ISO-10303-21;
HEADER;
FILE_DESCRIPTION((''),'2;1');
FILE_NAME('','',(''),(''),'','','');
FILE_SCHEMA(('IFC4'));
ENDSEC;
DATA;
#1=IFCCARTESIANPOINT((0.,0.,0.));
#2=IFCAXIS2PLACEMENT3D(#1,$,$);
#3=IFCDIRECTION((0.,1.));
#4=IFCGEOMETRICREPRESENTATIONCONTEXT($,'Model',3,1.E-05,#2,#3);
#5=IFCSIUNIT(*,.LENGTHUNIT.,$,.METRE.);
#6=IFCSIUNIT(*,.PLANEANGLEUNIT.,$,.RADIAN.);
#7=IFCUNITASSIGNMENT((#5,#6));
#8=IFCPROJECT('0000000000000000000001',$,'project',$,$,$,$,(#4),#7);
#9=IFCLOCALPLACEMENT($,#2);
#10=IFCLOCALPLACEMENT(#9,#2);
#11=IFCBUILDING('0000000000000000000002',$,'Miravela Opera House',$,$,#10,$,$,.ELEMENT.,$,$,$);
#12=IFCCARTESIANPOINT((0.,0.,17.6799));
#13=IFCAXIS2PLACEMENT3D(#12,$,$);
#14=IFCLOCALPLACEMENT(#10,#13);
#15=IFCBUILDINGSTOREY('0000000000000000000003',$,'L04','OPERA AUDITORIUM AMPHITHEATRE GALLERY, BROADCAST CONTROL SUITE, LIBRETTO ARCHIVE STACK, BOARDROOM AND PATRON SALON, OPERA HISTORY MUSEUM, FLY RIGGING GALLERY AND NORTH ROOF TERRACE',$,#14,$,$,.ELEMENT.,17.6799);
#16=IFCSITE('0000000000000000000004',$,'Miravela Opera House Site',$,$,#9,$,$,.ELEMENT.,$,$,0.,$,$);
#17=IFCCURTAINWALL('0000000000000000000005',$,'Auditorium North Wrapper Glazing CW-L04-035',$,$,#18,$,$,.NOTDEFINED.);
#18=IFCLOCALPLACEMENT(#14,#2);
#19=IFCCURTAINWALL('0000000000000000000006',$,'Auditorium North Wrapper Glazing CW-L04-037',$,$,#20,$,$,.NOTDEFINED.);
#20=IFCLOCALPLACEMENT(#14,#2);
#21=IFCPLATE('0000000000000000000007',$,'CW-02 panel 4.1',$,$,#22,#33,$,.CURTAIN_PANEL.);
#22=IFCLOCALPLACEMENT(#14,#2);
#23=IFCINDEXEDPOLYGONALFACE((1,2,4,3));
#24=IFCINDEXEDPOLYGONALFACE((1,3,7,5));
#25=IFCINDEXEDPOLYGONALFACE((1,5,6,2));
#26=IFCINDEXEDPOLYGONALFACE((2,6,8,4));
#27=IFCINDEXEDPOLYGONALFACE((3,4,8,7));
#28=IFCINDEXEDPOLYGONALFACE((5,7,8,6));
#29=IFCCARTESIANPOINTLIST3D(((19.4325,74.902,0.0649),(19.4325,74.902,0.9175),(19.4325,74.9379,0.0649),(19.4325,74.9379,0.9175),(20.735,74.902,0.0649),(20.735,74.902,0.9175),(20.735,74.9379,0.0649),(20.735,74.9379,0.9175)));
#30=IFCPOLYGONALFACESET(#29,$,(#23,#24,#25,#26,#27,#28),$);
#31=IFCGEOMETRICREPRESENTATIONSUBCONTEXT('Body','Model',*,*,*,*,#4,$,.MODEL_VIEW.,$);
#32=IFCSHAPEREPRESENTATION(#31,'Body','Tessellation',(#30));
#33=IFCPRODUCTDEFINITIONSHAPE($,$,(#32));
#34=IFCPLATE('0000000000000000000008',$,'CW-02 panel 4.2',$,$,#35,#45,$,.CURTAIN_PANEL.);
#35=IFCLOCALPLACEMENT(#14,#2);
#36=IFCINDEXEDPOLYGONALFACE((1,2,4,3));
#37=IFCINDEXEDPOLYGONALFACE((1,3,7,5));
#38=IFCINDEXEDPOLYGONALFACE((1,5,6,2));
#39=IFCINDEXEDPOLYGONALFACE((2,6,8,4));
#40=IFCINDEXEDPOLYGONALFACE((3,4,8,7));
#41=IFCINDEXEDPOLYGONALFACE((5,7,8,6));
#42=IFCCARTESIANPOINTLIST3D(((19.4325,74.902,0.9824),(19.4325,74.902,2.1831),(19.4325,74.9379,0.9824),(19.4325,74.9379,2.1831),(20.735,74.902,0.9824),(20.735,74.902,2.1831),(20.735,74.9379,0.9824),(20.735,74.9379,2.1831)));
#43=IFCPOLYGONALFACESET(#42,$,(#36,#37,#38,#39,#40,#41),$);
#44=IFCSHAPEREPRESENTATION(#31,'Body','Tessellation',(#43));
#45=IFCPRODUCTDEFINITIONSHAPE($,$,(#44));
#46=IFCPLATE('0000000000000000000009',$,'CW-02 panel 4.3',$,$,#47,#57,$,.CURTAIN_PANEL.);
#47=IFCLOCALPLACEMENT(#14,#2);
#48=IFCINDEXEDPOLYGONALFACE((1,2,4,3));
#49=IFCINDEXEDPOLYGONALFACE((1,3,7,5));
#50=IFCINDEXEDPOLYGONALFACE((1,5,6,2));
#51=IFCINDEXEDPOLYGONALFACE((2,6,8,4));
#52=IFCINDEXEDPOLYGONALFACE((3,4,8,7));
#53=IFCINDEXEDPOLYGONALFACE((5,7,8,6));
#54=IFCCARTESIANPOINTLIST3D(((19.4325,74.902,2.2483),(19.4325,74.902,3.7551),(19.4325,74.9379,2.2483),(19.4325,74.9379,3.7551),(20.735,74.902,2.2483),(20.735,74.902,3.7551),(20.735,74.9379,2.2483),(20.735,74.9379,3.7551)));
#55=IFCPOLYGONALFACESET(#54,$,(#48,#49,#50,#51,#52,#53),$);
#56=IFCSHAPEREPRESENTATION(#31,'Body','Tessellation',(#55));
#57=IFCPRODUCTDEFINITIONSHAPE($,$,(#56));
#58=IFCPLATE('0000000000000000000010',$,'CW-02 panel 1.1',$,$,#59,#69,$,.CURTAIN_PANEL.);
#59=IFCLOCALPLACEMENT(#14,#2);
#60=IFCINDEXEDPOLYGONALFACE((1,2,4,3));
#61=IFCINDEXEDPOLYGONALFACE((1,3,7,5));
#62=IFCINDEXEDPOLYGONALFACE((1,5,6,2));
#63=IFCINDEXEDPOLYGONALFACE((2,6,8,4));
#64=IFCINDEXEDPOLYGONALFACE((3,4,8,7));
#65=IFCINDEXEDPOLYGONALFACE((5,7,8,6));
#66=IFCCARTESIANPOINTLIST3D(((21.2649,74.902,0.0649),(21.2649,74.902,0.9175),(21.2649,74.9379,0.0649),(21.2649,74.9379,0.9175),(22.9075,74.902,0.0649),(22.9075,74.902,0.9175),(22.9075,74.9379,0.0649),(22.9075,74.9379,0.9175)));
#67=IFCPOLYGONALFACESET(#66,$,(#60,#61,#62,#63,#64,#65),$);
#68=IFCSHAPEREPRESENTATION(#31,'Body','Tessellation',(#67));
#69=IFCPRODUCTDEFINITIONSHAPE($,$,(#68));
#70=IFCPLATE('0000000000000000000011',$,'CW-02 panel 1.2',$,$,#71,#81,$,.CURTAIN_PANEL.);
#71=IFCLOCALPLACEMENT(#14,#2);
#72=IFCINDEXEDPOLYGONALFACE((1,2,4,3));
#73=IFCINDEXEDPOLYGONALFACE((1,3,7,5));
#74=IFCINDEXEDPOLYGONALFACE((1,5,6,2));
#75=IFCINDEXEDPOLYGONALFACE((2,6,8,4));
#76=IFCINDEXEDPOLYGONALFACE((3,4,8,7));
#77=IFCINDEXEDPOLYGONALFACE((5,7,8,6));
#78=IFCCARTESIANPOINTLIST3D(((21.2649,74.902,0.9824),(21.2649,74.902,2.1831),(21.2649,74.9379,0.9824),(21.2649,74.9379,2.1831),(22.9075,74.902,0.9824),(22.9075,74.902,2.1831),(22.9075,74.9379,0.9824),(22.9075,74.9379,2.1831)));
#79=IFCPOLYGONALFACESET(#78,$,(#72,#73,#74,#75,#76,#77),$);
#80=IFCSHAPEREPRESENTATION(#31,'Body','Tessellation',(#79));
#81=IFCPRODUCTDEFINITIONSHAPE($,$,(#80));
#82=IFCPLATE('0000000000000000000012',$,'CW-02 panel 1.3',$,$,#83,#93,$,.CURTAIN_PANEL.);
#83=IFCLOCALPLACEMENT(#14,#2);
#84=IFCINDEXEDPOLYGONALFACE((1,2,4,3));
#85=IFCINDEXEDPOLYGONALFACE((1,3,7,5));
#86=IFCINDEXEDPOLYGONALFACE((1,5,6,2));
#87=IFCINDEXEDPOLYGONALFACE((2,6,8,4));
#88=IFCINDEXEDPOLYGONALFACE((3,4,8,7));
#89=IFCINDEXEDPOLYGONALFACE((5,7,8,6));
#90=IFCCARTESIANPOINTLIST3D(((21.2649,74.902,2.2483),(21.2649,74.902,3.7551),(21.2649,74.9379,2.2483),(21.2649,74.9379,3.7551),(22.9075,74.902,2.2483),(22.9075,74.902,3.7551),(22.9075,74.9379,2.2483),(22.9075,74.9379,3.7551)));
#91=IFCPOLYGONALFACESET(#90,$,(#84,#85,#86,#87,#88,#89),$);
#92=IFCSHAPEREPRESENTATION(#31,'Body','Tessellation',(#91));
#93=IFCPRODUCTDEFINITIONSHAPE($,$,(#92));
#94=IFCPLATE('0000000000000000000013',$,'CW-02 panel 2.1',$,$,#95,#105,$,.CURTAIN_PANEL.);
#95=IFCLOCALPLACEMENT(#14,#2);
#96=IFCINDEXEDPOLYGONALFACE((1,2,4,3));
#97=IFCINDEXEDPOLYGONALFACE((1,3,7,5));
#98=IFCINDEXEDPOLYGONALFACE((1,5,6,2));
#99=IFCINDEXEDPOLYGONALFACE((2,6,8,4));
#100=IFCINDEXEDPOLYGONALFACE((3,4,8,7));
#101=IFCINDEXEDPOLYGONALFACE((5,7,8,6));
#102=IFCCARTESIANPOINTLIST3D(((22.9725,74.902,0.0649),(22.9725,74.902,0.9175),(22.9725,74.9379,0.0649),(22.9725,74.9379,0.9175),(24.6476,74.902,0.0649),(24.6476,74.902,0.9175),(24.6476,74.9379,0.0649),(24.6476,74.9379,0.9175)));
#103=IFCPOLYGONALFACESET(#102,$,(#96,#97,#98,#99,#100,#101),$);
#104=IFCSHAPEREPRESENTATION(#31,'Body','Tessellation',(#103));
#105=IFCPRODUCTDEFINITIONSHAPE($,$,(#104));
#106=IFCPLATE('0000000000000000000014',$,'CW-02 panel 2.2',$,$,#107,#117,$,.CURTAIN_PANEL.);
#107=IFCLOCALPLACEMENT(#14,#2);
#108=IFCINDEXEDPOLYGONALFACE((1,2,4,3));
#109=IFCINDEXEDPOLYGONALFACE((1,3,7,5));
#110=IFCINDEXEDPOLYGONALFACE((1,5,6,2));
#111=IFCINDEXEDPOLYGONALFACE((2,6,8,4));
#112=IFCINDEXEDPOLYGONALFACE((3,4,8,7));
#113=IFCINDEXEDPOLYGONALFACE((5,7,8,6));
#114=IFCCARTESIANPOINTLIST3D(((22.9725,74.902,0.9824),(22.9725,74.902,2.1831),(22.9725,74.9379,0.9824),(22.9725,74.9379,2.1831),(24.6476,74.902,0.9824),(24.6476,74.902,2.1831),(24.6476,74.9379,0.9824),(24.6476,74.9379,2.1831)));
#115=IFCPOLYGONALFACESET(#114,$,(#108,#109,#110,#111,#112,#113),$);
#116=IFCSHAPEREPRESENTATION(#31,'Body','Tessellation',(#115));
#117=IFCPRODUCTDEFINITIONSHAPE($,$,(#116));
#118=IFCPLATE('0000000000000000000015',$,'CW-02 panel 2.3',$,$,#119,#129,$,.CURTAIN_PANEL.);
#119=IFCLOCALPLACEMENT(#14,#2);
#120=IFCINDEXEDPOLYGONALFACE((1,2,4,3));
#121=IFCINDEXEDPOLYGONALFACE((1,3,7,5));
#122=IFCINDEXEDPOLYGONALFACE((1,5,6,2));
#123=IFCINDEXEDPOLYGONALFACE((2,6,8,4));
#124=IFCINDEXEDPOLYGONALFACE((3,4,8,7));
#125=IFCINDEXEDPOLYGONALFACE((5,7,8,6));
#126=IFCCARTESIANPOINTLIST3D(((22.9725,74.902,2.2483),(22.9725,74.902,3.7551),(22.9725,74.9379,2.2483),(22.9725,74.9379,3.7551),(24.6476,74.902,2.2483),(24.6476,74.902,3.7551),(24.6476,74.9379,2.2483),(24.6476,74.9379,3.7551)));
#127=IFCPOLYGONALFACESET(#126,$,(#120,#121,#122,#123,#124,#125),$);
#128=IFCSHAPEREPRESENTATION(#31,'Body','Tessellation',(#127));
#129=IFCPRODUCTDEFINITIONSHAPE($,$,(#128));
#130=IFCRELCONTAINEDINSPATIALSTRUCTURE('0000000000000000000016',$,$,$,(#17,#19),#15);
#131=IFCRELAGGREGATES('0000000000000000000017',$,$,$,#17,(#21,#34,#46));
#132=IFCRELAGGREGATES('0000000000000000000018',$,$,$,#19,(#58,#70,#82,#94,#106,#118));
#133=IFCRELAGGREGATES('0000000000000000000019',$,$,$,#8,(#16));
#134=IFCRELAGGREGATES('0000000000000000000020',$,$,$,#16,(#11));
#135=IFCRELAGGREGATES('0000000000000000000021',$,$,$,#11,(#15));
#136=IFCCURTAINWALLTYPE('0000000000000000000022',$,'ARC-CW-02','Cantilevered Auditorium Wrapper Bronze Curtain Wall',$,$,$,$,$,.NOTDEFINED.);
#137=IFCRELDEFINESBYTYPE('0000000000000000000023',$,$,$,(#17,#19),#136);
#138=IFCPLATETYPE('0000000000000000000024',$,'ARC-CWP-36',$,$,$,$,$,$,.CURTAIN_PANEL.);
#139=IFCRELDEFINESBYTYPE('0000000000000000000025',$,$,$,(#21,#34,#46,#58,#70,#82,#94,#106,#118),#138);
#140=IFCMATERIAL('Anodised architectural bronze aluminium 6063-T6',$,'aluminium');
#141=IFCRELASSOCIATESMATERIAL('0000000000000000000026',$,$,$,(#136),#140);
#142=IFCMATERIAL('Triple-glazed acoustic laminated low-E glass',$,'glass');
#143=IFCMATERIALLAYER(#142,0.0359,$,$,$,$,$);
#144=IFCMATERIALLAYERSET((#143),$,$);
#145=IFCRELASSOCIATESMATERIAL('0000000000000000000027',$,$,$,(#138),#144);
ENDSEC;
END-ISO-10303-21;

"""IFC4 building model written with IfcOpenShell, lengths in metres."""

from ifc_helpers import new_model, si_unit, direction, frame, origin, origin_2d, place, context, subcontext, project, spatial, rectangle, extrude, material, layer, layer_set, type_object, element, aggregate, save


model = new_model("IFC4")

# Units and contexts
model_context = context("Model", 3, precision=1e-05, world=origin(), true_north=direction((0.0, 1.0)))
body_context = subcontext(model_context, "Body", "Model", "MODEL_VIEW")
ifc_project = project(units=[si_unit("LENGTHUNIT", "METRE"), si_unit("PLANEANGLEUNIT", "RADIAN")], contexts=[model_context])

# Site, building, storey
site_placement = place(None, origin())
site = spatial("IfcSite", under=ifc_project, at=site_placement, Name="Miravela Opera House Site", CompositionType="ELEMENT", RefElevation=0.0)
building_placement = place(site_placement, origin())
building = spatial("IfcBuilding", under=site, at=building_placement, Name="Miravela Opera House", CompositionType="ELEMENT")
storey_placement = place(building_placement, frame((0.0, 0.0, 17.6799)))
storey = spatial("IfcBuildingStorey", under=building, at=storey_placement, Name="L04", Description="OPERA AUDITORIUM AMPHITHEATRE GALLERY, BROADCAST CONTROL SUITE, LIBRETTO ARCHIVE STACK, BOARDROOM AND PATRON SALON, OPERA HISTORY MUSEUM, FLY RIGGING GALLERY AND NORTH ROOF TERRACE", CompositionType="ELEMENT", Elevation=17.6799)

# Curtain wall
ifc_material_1 = material(Name="Anodised architectural bronze aluminium 6063-T6", Category="aluminium")
curtain_wall_type = type_object("IfcCurtainWallType", Name="ARC-CW-02", Description="Cantilevered Auditorium Wrapper Bronze Curtain Wall", PredefinedType="NOTDEFINED", material=ifc_material_1)
curtain_wall_1_placement = place(storey_placement, origin())
curtain_wall_1 = element("IfcCurtainWall", 1, at=curtain_wall_1_placement, inside=storey, type_object=curtain_wall_type, Name="Auditorium North Wrapper Glazing CW-L04-035", PredefinedType="NOTDEFINED")

# Curtain wall
curtain_wall_2_placement = place(storey_placement, origin())
curtain_wall_2 = element("IfcCurtainWall", 2, at=curtain_wall_2_placement, inside=storey, type_object=curtain_wall_type, Name="Auditorium North Wrapper Glazing CW-L04-037", PredefinedType="NOTDEFINED")

# Plates
ifc_material_2 = material(Name="Triple-glazed acoustic laminated low-E glass", Category="glass")
ifc_layer = layer(ifc_material_2, 0.0359)
ifc_layer_set = layer_set([ifc_layer])
plate_type = type_object("IfcPlateType", Name="ARC-CWP-36", PredefinedType="CURTAIN_PANEL", material=ifc_layer_set)
plate_1_placement = place(storey_placement, frame((20.0837, 74.9199, 0.0649), z_axis=(0.0, 0.0, 1.0), x_axis=(1.0, 0.0, 0.0)))
plate_1 = element("IfcPlate", 3, at=plate_1_placement, type_object=plate_type, Name="CW-02 panel 4.1", PredefinedType="CURTAIN_PANEL", context=body_context, shape_type="SweptSolid", body=[
    extrude(rectangle(XDim=1.3025, YDim=0.0359, at=origin_2d()), origin(), (0.0, 0.0, 1.0), 0.8525),
])
plate_2_placement = place(storey_placement, frame((20.0837, 74.9199, 0.9824), z_axis=(0.0, 0.0, 1.0), x_axis=(1.0, 0.0, 0.0)))
plate_2 = element("IfcPlate", 4, at=plate_2_placement, type_object=plate_type, Name="CW-02 panel 4.2", PredefinedType="CURTAIN_PANEL", context=body_context, shape_type="SweptSolid", body=[
    extrude(rectangle(XDim=1.3025, YDim=0.0359, at=origin_2d()), origin(), (0.0, 0.0, 1.0), 1.2007),
])
plate_3_placement = place(storey_placement, frame((20.0837, 74.9199, 2.2483), z_axis=(0.0, 0.0, 1.0), x_axis=(1.0, 0.0, 0.0)))
plate_3 = element("IfcPlate", 5, at=plate_3_placement, type_object=plate_type, Name="CW-02 panel 4.3", PredefinedType="CURTAIN_PANEL", context=body_context, shape_type="SweptSolid", body=[
    extrude(rectangle(XDim=1.3025, YDim=0.0359, at=origin_2d()), origin(), (0.0, 0.0, 1.0), 1.5068),
])
aggregate(curtain_wall_1, [plate_1, plate_2, plate_3])
plate_4_placement = place(storey_placement, frame((22.0862, 74.9199, 0.0649), z_axis=(0.0, 0.0, 1.0), x_axis=(1.0, 0.0, 0.0)))
plate_4 = element("IfcPlate", 6, at=plate_4_placement, type_object=plate_type, Name="CW-02 panel 1.1", PredefinedType="CURTAIN_PANEL", context=body_context, shape_type="SweptSolid", body=[
    extrude(rectangle(XDim=1.6426, YDim=0.0359, at=origin_2d()), origin(), (0.0, 0.0, 1.0), 0.8525),
])
plate_5_placement = place(storey_placement, frame((22.0862, 74.9199, 0.9824), z_axis=(0.0, 0.0, 1.0), x_axis=(1.0, 0.0, 0.0)))
plate_5 = element("IfcPlate", 7, at=plate_5_placement, type_object=plate_type, Name="CW-02 panel 1.2", PredefinedType="CURTAIN_PANEL", context=body_context, shape_type="SweptSolid", body=[
    extrude(rectangle(XDim=1.6426, YDim=0.0359, at=origin_2d()), origin(), (0.0, 0.0, 1.0), 1.2007),
])
plate_6_placement = place(storey_placement, frame((22.0862, 74.9199, 2.2483), z_axis=(0.0, 0.0, 1.0), x_axis=(1.0, 0.0, 0.0)))
plate_6 = element("IfcPlate", 8, at=plate_6_placement, type_object=plate_type, Name="CW-02 panel 1.3", PredefinedType="CURTAIN_PANEL", context=body_context, shape_type="SweptSolid", body=[
    extrude(rectangle(XDim=1.6426, YDim=0.0359, at=origin_2d()), origin(), (0.0, 0.0, 1.0), 1.5068),
])
plate_7_placement = place(storey_placement, frame((23.8101, 74.9199, 0.0649), z_axis=(0.0, 0.0, 1.0), x_axis=(1.0, 0.0, 0.0)))
plate_7 = element("IfcPlate", 9, at=plate_7_placement, type_object=plate_type, Name="CW-02 panel 2.1", PredefinedType="CURTAIN_PANEL", context=body_context, shape_type="SweptSolid", body=[
    extrude(rectangle(XDim=1.675, YDim=0.0359, at=origin_2d()), origin(), (0.0, 0.0, 1.0), 0.8525),
])
plate_8_placement = place(storey_placement, frame((23.8101, 74.9199, 0.9824), z_axis=(0.0, 0.0, 1.0), x_axis=(1.0, 0.0, 0.0)))
plate_8 = element("IfcPlate", 10, at=plate_8_placement, type_object=plate_type, Name="CW-02 panel 2.2", PredefinedType="CURTAIN_PANEL", context=body_context, shape_type="SweptSolid", body=[
    extrude(rectangle(XDim=1.675, YDim=0.0359, at=origin_2d()), origin(), (0.0, 0.0, 1.0), 1.2007),
])
plate_9_placement = place(storey_placement, frame((23.8101, 74.9199, 2.2483), z_axis=(0.0, 0.0, 1.0), x_axis=(1.0, 0.0, 0.0)))
plate_9 = element("IfcPlate", 11, at=plate_9_placement, type_object=plate_type, Name="CW-02 panel 2.3", PredefinedType="CURTAIN_PANEL", context=body_context, shape_type="SweptSolid", body=[
    extrude(rectangle(XDim=1.675, YDim=0.0359, at=origin_2d()), origin(), (0.0, 0.0, 1.0), 1.5068),
])
aggregate(curtain_wall_2, [plate_4, plate_5, plate_6, plate_7, plate_8, plate_9])

save(model, "model.ifc")
